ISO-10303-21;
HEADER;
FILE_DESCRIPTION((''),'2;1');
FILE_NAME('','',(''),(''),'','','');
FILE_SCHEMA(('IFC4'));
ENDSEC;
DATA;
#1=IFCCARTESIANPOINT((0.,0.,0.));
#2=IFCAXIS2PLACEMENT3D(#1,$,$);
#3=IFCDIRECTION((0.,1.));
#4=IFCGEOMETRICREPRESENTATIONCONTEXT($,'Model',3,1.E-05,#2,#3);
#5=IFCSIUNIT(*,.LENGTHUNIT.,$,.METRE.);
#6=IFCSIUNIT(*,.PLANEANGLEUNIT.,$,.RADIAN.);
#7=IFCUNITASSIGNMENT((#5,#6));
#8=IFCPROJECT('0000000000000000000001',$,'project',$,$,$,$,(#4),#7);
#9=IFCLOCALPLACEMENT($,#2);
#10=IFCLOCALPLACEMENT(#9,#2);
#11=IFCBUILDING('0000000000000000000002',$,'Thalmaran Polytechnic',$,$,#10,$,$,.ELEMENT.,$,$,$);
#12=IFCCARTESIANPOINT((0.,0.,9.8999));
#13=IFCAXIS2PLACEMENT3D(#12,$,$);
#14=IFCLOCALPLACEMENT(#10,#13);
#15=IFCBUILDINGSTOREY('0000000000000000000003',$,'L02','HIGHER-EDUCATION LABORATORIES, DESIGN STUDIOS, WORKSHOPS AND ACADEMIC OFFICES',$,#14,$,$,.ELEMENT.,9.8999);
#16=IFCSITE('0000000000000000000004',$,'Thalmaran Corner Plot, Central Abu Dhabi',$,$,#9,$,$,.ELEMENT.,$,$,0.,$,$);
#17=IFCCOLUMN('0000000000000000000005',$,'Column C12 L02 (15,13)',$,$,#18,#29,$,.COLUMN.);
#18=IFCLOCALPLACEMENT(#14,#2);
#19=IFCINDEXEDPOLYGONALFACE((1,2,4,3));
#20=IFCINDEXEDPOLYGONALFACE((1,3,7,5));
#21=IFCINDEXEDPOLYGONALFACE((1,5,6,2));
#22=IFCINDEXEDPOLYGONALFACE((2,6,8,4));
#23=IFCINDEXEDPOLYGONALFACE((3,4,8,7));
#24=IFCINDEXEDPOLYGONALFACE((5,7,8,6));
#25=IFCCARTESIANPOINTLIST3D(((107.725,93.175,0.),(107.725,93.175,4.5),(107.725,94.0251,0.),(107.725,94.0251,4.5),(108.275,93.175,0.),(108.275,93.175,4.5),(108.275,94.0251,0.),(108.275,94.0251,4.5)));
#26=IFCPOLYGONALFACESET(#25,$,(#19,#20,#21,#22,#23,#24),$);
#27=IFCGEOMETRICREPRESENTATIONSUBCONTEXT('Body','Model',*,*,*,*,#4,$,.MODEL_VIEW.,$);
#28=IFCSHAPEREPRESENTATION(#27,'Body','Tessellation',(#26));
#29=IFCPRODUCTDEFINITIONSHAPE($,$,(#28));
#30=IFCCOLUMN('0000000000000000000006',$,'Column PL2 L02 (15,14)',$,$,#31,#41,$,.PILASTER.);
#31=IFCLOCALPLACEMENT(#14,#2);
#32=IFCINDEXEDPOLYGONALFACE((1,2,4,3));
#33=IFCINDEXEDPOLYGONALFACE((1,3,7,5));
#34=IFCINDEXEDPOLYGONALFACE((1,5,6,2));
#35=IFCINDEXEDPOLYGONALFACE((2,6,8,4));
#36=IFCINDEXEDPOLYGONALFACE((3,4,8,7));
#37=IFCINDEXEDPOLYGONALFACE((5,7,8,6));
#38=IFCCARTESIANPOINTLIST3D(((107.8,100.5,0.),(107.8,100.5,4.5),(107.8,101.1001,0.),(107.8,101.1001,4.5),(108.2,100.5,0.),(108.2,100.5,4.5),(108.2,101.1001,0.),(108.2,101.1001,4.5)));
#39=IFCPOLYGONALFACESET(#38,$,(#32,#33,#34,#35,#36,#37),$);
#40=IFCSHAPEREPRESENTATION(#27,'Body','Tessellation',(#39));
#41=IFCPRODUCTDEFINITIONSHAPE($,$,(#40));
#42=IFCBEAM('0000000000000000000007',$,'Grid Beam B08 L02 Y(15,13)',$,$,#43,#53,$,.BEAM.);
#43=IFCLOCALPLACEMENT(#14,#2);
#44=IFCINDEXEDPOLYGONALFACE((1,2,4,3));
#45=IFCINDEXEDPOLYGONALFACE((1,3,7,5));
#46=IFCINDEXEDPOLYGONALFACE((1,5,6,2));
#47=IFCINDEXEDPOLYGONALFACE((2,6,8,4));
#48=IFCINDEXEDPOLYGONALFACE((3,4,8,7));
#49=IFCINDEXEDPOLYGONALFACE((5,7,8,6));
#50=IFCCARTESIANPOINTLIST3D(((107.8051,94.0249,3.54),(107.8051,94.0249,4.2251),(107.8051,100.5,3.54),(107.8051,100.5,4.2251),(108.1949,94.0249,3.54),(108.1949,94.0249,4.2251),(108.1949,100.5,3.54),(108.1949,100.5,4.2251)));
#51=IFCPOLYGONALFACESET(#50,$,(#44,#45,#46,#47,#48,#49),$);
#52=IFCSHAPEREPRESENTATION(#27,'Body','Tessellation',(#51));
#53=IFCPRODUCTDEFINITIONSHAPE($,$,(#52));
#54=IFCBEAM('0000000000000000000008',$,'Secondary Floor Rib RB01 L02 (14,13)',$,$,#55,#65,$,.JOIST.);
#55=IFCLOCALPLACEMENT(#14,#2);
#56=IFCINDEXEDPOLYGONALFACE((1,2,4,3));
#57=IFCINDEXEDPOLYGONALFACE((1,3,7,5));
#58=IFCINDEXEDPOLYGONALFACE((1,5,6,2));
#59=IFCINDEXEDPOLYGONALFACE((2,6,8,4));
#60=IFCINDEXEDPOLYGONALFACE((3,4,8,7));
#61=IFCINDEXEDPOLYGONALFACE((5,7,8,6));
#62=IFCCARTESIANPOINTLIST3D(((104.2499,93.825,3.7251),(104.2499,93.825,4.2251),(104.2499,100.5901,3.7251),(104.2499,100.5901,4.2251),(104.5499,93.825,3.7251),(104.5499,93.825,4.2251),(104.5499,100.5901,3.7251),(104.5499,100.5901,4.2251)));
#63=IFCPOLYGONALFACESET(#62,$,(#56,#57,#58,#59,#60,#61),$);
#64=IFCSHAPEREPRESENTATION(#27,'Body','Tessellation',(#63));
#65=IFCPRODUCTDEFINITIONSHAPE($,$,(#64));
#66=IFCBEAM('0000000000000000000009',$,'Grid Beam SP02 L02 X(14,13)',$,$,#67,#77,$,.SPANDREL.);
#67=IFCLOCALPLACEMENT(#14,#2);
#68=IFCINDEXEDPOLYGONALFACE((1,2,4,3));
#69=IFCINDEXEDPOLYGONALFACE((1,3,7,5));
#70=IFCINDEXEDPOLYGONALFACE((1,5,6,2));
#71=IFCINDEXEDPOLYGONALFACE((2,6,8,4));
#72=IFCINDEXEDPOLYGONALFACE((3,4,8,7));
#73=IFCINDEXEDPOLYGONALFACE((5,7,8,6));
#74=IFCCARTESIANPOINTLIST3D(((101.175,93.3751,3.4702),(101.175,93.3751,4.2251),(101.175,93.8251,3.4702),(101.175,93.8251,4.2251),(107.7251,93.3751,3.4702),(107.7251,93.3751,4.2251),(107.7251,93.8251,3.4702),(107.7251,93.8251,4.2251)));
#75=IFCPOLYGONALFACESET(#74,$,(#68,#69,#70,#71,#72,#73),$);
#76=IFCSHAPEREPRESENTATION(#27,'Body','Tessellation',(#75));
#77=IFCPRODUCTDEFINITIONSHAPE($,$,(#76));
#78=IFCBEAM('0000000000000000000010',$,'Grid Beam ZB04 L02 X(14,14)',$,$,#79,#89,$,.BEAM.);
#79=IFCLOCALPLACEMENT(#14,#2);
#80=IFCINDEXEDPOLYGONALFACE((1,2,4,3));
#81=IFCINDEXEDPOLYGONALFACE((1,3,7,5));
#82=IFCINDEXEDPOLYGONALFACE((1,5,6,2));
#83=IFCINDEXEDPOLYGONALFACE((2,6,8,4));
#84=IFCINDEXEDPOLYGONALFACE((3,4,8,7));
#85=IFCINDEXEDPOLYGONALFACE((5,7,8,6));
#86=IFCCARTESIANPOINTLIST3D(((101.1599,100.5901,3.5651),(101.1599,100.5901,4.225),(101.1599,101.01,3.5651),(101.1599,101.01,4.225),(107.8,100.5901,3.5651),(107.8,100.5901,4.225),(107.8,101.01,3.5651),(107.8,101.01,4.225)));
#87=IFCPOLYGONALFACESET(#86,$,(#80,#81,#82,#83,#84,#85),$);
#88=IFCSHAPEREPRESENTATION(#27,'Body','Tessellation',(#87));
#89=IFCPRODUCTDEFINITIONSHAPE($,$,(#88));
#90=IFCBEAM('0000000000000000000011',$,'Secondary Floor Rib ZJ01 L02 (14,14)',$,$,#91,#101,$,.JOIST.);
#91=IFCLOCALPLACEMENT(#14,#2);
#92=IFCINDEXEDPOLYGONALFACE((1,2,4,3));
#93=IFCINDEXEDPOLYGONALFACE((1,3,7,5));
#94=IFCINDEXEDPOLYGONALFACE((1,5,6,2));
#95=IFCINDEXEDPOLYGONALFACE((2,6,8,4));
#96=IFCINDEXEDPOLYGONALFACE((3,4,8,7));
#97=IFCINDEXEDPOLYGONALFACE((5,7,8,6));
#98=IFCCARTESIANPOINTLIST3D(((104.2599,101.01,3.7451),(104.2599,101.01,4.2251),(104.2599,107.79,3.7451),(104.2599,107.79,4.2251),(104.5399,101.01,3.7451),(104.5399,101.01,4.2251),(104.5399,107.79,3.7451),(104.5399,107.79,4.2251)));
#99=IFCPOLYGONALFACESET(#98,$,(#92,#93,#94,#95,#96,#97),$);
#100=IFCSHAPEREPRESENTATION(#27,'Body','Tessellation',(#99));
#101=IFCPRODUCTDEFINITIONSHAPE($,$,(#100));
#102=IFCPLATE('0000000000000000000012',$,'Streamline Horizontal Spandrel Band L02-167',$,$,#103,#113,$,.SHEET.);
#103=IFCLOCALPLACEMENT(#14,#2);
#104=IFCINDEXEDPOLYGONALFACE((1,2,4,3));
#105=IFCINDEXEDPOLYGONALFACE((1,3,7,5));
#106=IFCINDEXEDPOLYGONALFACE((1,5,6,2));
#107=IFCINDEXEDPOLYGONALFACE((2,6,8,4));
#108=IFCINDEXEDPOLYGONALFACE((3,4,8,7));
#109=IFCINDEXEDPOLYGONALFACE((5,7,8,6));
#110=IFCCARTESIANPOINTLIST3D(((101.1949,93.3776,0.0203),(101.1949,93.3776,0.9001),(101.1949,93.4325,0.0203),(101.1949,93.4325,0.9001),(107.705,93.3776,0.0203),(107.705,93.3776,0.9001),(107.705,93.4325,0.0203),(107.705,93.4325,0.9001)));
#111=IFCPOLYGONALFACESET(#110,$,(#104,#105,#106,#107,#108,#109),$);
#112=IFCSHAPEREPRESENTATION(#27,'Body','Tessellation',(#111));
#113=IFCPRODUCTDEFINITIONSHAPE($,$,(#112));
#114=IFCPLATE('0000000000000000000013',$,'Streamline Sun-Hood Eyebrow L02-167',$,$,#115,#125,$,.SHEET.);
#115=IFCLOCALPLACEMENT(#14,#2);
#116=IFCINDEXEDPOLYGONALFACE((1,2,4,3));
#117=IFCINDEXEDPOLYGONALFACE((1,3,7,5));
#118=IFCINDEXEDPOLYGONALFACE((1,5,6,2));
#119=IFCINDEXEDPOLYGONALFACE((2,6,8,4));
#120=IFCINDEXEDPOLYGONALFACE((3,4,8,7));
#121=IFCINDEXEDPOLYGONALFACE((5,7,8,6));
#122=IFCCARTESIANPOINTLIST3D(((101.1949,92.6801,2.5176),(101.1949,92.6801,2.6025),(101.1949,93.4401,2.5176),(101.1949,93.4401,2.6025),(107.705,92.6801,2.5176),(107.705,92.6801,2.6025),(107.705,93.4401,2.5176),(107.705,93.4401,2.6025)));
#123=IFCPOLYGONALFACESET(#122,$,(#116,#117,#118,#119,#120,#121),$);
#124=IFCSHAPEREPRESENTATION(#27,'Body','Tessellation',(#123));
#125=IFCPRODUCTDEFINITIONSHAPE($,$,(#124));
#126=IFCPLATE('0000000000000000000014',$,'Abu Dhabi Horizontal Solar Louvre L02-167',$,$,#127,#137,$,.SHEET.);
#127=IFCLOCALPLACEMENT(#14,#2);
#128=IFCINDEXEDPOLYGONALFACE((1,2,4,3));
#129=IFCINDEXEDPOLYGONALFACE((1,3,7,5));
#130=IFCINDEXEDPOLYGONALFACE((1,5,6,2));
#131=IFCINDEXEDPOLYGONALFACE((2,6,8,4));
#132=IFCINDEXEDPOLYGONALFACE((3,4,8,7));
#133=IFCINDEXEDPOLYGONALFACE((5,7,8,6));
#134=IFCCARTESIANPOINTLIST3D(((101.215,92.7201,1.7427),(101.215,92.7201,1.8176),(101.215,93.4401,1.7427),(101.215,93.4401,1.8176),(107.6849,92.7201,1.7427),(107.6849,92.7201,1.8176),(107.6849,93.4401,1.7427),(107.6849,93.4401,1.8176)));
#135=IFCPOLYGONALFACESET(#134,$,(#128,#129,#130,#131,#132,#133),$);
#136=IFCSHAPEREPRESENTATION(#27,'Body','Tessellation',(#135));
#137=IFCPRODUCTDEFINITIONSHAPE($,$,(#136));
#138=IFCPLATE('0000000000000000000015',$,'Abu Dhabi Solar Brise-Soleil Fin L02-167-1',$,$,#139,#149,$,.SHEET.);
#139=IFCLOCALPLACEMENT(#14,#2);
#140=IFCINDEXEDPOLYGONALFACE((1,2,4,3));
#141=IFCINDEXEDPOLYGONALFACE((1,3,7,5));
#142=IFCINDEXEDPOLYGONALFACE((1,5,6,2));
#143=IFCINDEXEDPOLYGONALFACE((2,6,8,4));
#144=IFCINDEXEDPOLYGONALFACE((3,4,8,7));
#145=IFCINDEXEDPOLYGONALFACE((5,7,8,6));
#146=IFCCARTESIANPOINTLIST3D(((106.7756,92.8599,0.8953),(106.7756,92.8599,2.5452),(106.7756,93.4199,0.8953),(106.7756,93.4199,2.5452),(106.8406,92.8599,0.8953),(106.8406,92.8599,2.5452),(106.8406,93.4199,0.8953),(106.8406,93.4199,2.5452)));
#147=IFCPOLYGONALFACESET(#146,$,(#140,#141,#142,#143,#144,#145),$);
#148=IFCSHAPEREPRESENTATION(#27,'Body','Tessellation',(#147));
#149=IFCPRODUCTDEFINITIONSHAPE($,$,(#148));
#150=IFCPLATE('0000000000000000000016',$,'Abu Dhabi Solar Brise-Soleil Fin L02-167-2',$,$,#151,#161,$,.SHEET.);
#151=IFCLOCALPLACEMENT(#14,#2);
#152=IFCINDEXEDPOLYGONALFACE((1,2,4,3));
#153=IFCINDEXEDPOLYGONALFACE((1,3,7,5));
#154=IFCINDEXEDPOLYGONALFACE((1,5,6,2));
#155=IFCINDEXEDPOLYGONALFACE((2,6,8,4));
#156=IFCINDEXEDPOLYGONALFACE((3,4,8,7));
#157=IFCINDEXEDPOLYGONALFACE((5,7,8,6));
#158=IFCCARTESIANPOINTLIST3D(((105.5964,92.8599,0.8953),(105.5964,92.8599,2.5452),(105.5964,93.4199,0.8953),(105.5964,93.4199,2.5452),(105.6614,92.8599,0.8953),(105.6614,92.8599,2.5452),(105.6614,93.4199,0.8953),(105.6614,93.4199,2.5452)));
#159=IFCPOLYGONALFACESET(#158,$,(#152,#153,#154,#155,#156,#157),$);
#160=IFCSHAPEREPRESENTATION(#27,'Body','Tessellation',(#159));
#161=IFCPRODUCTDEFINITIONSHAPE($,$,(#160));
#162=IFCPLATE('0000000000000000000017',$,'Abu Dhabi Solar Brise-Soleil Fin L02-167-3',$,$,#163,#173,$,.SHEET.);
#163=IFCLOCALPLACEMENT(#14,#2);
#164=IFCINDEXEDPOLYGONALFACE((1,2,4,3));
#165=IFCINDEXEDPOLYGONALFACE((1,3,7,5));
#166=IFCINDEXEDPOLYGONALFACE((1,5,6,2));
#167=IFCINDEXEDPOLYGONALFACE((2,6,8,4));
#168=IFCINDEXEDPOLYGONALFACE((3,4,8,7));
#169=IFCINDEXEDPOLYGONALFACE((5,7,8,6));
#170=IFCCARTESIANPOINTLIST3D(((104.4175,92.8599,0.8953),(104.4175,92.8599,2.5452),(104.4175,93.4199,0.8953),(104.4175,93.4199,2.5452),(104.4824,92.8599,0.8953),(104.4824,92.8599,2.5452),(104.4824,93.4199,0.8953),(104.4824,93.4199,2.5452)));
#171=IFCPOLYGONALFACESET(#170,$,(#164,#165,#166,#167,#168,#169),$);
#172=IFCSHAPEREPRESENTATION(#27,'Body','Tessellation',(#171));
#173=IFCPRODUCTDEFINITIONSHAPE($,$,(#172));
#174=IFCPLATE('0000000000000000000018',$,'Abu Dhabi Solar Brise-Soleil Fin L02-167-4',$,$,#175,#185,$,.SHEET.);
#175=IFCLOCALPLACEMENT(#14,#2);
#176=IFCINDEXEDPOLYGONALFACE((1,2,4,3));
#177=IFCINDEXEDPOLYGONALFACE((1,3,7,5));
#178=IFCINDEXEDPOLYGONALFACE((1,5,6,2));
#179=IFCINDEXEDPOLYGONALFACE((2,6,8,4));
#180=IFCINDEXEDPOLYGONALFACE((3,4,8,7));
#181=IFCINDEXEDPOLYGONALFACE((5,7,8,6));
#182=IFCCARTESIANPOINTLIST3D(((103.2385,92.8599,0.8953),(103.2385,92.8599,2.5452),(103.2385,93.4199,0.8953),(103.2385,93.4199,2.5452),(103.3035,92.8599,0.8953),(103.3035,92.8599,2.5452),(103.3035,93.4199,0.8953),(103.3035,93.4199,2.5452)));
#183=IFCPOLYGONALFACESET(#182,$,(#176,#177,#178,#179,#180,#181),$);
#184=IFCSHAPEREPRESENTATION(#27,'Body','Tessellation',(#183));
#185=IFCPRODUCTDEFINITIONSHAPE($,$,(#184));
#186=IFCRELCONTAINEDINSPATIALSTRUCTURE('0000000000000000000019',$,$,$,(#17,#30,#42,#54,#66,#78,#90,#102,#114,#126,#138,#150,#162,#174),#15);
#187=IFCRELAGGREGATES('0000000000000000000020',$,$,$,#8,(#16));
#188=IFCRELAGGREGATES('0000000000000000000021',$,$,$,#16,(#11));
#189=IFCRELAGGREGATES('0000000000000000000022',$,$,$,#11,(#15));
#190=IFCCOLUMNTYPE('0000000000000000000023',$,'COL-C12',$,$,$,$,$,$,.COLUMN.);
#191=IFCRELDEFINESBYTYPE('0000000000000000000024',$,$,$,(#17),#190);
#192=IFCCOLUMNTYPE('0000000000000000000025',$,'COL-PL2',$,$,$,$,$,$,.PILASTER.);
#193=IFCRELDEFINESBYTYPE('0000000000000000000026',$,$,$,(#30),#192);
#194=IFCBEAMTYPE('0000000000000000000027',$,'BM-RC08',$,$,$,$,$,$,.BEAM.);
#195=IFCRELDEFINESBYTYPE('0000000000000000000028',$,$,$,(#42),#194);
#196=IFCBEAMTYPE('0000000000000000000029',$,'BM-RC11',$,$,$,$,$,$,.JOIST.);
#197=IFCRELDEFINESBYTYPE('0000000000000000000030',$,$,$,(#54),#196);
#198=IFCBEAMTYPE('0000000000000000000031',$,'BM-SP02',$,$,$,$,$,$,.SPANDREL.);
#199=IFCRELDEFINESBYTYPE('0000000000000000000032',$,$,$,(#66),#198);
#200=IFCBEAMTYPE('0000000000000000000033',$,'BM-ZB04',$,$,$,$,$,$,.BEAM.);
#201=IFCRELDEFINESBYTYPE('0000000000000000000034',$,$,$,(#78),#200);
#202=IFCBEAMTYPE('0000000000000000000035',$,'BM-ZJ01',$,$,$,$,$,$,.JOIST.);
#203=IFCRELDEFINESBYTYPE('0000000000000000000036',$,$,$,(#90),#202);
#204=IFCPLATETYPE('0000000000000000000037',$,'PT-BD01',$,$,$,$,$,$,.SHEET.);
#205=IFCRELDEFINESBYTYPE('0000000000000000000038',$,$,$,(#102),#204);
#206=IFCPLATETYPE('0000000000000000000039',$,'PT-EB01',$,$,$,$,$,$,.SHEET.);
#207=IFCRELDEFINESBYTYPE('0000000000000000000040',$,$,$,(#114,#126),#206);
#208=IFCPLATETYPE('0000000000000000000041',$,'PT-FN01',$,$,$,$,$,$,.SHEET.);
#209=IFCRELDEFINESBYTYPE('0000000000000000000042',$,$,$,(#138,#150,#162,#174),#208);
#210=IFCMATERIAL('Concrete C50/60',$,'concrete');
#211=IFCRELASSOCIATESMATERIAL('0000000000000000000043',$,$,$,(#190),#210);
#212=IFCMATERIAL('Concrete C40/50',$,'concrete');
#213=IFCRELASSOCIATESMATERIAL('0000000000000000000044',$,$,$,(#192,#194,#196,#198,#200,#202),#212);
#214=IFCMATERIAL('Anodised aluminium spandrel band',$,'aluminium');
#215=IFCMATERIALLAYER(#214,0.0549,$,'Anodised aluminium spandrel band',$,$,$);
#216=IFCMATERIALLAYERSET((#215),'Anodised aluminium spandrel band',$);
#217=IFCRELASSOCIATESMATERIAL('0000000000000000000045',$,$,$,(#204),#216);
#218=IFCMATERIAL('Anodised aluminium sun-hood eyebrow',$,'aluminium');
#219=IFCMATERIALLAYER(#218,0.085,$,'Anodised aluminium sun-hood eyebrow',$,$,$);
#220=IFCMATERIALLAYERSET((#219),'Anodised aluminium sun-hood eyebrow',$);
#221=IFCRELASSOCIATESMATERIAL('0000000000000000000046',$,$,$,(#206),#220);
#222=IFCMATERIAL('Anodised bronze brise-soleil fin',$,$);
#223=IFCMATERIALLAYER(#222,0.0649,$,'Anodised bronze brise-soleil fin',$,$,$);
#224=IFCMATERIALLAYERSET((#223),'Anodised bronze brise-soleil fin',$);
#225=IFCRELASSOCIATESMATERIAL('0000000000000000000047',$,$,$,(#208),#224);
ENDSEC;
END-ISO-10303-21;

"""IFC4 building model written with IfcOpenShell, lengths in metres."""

from ifc_helpers import new_model, si_unit, direction, frame, origin, origin_2d, place, context, subcontext, project, spatial, rectangle, extrude, material, layer, layer_set, material_profile, profile_set, type_object, element, save


model = new_model("IFC4")

# Units and contexts
model_context = context("Model", 3, precision=1e-05, world=origin(), true_north=direction((0.0, 1.0)))
body_context = subcontext(model_context, "Body", "Model", "MODEL_VIEW")
ifc_project = project(units=[si_unit("LENGTHUNIT", "METRE"), si_unit("PLANEANGLEUNIT", "RADIAN")], contexts=[model_context])

# Site, building, storey
site_placement = place(None, origin())
site = spatial("IfcSite", under=ifc_project, at=site_placement, Name="Thalmaran Corner Plot, Central Abu Dhabi", CompositionType="ELEMENT", RefElevation=0.0)
building_placement = place(site_placement, origin())
building = spatial("IfcBuilding", under=site, at=building_placement, Name="Thalmaran Polytechnic", CompositionType="ELEMENT")
storey_placement = place(building_placement, frame((0.0, 0.0, 9.8999)))
storey = spatial("IfcBuildingStorey", under=building, at=storey_placement, Name="L02", Description="HIGHER-EDUCATION LABORATORIES, DESIGN STUDIOS, WORKSHOPS AND ACADEMIC OFFICES", CompositionType="ELEMENT", Elevation=9.8999)

# Columns
ifc_material_1 = material(Name="Concrete C50/60", Category="concrete")
ifc_material_profile_1 = material_profile(ifc_material_1, rectangle(XDim=0.55, YDim=0.8501, at=origin_2d()), Name="RC 550x850")
ifc_profile_set_1 = profile_set([ifc_material_profile_1], Name="Concrete C50/60")
column_type_1 = type_object("IfcColumnType", Name="COL-C12", PredefinedType="COLUMN", material=ifc_profile_set_1)
column_1_placement = place(storey_placement, frame((108.0, 93.6001, 0.0), z_axis=(0.0, 0.0, 1.0), x_axis=(1.0, 0.0, 0.0)))
element("IfcColumn", 1, at=column_1_placement, inside=storey, type_object=column_type_1, Name="Column C12 L02 (15,13)", PredefinedType="COLUMN", context=body_context, shape_type="SweptSolid", body=[
    extrude(rectangle(XDim=0.55, YDim=0.8501, at=origin_2d()), origin(), (0.0, 0.0, 1.0), 4.5),
])
ifc_material_2 = material(Name="Concrete C40/50", Category="concrete")
ifc_material_profile_2 = material_profile(ifc_material_2, rectangle(XDim=0.3999, YDim=0.6001, at=origin_2d()), Name="RC 400x600")
ifc_profile_set_2 = profile_set([ifc_material_profile_2], Name="Concrete C40/50")
column_type_2 = type_object("IfcColumnType", Name="COL-PL2", PredefinedType="PILASTER", material=ifc_profile_set_2)
column_2_placement = place(storey_placement, frame((108.0, 100.8, 0.0), z_axis=(0.0, 0.0, 1.0), x_axis=(1.0, 0.0, 0.0)))
element("IfcColumn", 2, at=column_2_placement, inside=storey, type_object=column_type_2, Name="Column PL2 L02 (15,14)", PredefinedType="PILASTER", context=body_context, shape_type="SweptSolid", body=[
    extrude(rectangle(XDim=0.3999, YDim=0.6001, at=origin_2d()), origin(), (0.0, 0.0, 1.0), 4.5),
])

# Beams
ifc_material_profile_3 = material_profile(ifc_material_2, rectangle(XDim=0.3899, YDim=0.6851, at=origin_2d()), Name="RC 390x685")
ifc_profile_set_3 = profile_set([ifc_material_profile_3], Name="Concrete C40/50")
beam_type_1 = type_object("IfcBeamType", Name="BM-RC08", PredefinedType="BEAM", material=ifc_profile_set_3)
beam_1_placement = place(storey_placement, frame((108.0, 94.0249, 3.8826), z_axis=(0.0, 1.0, 0.0), x_axis=(-1.0, 0.0, 0.0)))
element("IfcBeam", 3, at=beam_1_placement, inside=storey, type_object=beam_type_1, Name="Grid Beam B08 L02 Y(15,13)", PredefinedType="BEAM", context=body_context, shape_type="SweptSolid", body=[
    extrude(rectangle(XDim=0.3899, YDim=0.6851, at=origin_2d()), origin(), (0.0, 0.0, 1.0), 6.4751),
])
ifc_material_profile_4 = material_profile(ifc_material_2, rectangle(XDim=0.3, YDim=0.5, at=origin_2d()), Name="RC 300x500")
ifc_profile_set_4 = profile_set([ifc_material_profile_4], Name="Concrete C40/50")
beam_type_2 = type_object("IfcBeamType", Name="BM-RC11", PredefinedType="JOIST", material=ifc_profile_set_4)
beam_2_placement = place(storey_placement, frame((104.3999, 93.825, 3.9751), z_axis=(0.0, 1.0, 0.0), x_axis=(-1.0, 0.0, 0.0)))
element("IfcBeam", 4, at=beam_2_placement, inside=storey, type_object=beam_type_2, Name="Secondary Floor Rib RB01 L02 (14,13)", PredefinedType="JOIST", context=body_context, shape_type="SweptSolid", body=[
    extrude(rectangle(XDim=0.3, YDim=0.5, at=origin_2d()), origin(), (0.0, 0.0, 1.0), 6.7651),
])
ifc_material_profile_5 = material_profile(ifc_material_2, rectangle(XDim=0.45, YDim=0.7549, at=origin_2d()), Name="RC 450x755")
ifc_profile_set_5 = profile_set([ifc_material_profile_5], Name="Concrete C40/50")
beam_type_3 = type_object("IfcBeamType", Name="BM-SP02", PredefinedType="SPANDREL", material=ifc_profile_set_5)
beam_3_placement = place(storey_placement, frame((101.175, 93.6001, 3.8477), z_axis=(1.0, 0.0, 0.0), x_axis=(0.0, 1.0, 0.0)))
element("IfcBeam", 5, at=beam_3_placement, inside=storey, type_object=beam_type_3, Name="Grid Beam SP02 L02 X(14,13)", PredefinedType="SPANDREL", context=body_context, shape_type="SweptSolid", body=[
    extrude(rectangle(XDim=0.45, YDim=0.7549, at=origin_2d()), origin(), (0.0, 0.0, 1.0), 6.55),
])
ifc_material_profile_6 = material_profile(ifc_material_2, rectangle(XDim=0.4199, YDim=0.6599, at=origin_2d()), Name="RC 420x660")
ifc_profile_set_6 = profile_set([ifc_material_profile_6], Name="Concrete C40/50")
beam_type_4 = type_object("IfcBeamType", Name="BM-ZB04", PredefinedType="BEAM", material=ifc_profile_set_6)
beam_4_placement = place(storey_placement, frame((101.1599, 100.8, 3.895), z_axis=(1.0, 0.0, 0.0), x_axis=(0.0, 1.0, 0.0)))
element("IfcBeam", 6, at=beam_4_placement, inside=storey, type_object=beam_type_4, Name="Grid Beam ZB04 L02 X(14,14)", PredefinedType="BEAM", context=body_context, shape_type="SweptSolid", body=[
    extrude(rectangle(XDim=0.4199, YDim=0.6599, at=origin_2d()), origin(), (0.0, 0.0, 1.0), 6.6401),
])
ifc_material_profile_7 = material_profile(ifc_material_2, rectangle(XDim=0.28, YDim=0.48, at=origin_2d()), Name="RC 280x480")
ifc_profile_set_7 = profile_set([ifc_material_profile_7], Name="Concrete C40/50")
beam_type_5 = type_object("IfcBeamType", Name="BM-ZJ01", PredefinedType="JOIST", material=ifc_profile_set_7)
beam_5_placement = place(storey_placement, frame((104.3999, 101.01, 3.9851), z_axis=(0.0, 1.0, 0.0), x_axis=(-1.0, 0.0, 0.0)))
element("IfcBeam", 7, at=beam_5_placement, inside=storey, type_object=beam_type_5, Name="Secondary Floor Rib ZJ01 L02 (14,14)", PredefinedType="JOIST", context=body_context, shape_type="SweptSolid", body=[
    extrude(rectangle(XDim=0.28, YDim=0.48, at=origin_2d()), origin(), (0.0, 0.0, 1.0), 6.78),
])

# Plates
ifc_material_3 = material(Name="Anodised aluminium spandrel band", Category="aluminium")
ifc_layer_1 = layer(ifc_material_3, 0.0549, Name="Anodised aluminium spandrel band")
ifc_layer_set_1 = layer_set([ifc_layer_1], Name="Anodised aluminium spandrel band")
plate_type_1 = type_object("IfcPlateType", Name="PT-BD01", PredefinedType="SHEET", material=ifc_layer_set_1)
plate_1_placement = place(storey_placement, frame((104.45, 93.405, 0.0203), z_axis=(0.0, 0.0, 1.0), x_axis=(-1.0, 0.0, 0.0)))
element("IfcPlate", 8, at=plate_1_placement, inside=storey, type_object=plate_type_1, Name="Streamline Horizontal Spandrel Band L02-167", PredefinedType="SHEET", context=body_context, shape_type="SweptSolid", body=[
    extrude(rectangle(XDim=6.51, YDim=0.0549, at=origin_2d()), origin(), (0.0, 0.0, 1.0), 0.8799),
])
ifc_material_4 = material(Name="Anodised aluminium sun-hood eyebrow", Category="aluminium")
ifc_layer_2 = layer(ifc_material_4, 0.085, Name="Anodised aluminium sun-hood eyebrow")
ifc_layer_set_2 = layer_set([ifc_layer_2], Name="Anodised aluminium sun-hood eyebrow")
plate_type_2 = type_object("IfcPlateType", Name="PT-EB01", PredefinedType="SHEET", material=ifc_layer_set_2)
plate_2_placement = place(storey_placement, frame((104.45, 93.0601, 2.5176), z_axis=(0.0, 0.0, 1.0), x_axis=(-1.0, 0.0, 0.0)))
element("IfcPlate", 9, at=plate_2_placement, inside=storey, type_object=plate_type_2, Name="Streamline Sun-Hood Eyebrow L02-167", PredefinedType="SHEET", context=body_context, shape_type="SweptSolid", body=[
    extrude(rectangle(XDim=6.51, YDim=0.76, at=origin_2d()), origin(), (0.0, 0.0, 1.0), 0.085),
])
plate_3_placement = place(storey_placement, frame((104.45, 93.0801, 1.7427), z_axis=(0.0, 0.0, 1.0), x_axis=(-1.0, 0.0, 0.0)))
element("IfcPlate", 10, at=plate_3_placement, inside=storey, type_object=plate_type_2, Name="Abu Dhabi Horizontal Solar Louvre L02-167", PredefinedType="SHEET", context=body_context, shape_type="SweptSolid", body=[
    extrude(rectangle(XDim=6.47, YDim=0.72, at=origin_2d()), origin(), (0.0, 0.0, 1.0), 0.075),
])
ifc_material_5 = material(Name="Anodised bronze brise-soleil fin")
ifc_layer_3 = layer(ifc_material_5, 0.0649, Name="Anodised bronze brise-soleil fin")
ifc_layer_set_3 = layer_set([ifc_layer_3], Name="Anodised bronze brise-soleil fin")
plate_type_3 = type_object("IfcPlateType", Name="PT-FN01", PredefinedType="SHEET", material=ifc_layer_set_3)
for number, where, z_axis, x_axis, name in (
    (11, (106.8081, 93.1399, 0.8953), (0.0, 0.0, 1.0), (-1.0, 0.0, 0.0), "Abu Dhabi Solar Brise-Soleil Fin L02-167-1"),
    (12, (105.6289, 93.1399, 0.8953), (0.0, 0.0, 1.0), (-1.0, 0.0, 0.0), "Abu Dhabi Solar Brise-Soleil Fin L02-167-2"),
    (13, (104.45, 93.1399, 0.8953), (0.0, 0.0, 1.0), (-1.0, 0.0, 0.0), "Abu Dhabi Solar Brise-Soleil Fin L02-167-3"),
    (14, (103.271, 93.1399, 0.8953), (0.0, 0.0, 1.0), (-1.0, 0.0, 0.0), "Abu Dhabi Solar Brise-Soleil Fin L02-167-4"),
):
    element("IfcPlate", number, at=place(storey_placement, frame(where, z_axis=z_axis, x_axis=x_axis)), inside=storey, type_object=plate_type_3, Name=name, PredefinedType="SHEET", context=body_context, shape_type="SweptSolid", body=[
        extrude(rectangle(XDim=0.0649, YDim=0.5601, at=origin_2d()), origin(), (0.0, 0.0, 1.0), 1.6499),
    ])

save(model, "model.ifc")
